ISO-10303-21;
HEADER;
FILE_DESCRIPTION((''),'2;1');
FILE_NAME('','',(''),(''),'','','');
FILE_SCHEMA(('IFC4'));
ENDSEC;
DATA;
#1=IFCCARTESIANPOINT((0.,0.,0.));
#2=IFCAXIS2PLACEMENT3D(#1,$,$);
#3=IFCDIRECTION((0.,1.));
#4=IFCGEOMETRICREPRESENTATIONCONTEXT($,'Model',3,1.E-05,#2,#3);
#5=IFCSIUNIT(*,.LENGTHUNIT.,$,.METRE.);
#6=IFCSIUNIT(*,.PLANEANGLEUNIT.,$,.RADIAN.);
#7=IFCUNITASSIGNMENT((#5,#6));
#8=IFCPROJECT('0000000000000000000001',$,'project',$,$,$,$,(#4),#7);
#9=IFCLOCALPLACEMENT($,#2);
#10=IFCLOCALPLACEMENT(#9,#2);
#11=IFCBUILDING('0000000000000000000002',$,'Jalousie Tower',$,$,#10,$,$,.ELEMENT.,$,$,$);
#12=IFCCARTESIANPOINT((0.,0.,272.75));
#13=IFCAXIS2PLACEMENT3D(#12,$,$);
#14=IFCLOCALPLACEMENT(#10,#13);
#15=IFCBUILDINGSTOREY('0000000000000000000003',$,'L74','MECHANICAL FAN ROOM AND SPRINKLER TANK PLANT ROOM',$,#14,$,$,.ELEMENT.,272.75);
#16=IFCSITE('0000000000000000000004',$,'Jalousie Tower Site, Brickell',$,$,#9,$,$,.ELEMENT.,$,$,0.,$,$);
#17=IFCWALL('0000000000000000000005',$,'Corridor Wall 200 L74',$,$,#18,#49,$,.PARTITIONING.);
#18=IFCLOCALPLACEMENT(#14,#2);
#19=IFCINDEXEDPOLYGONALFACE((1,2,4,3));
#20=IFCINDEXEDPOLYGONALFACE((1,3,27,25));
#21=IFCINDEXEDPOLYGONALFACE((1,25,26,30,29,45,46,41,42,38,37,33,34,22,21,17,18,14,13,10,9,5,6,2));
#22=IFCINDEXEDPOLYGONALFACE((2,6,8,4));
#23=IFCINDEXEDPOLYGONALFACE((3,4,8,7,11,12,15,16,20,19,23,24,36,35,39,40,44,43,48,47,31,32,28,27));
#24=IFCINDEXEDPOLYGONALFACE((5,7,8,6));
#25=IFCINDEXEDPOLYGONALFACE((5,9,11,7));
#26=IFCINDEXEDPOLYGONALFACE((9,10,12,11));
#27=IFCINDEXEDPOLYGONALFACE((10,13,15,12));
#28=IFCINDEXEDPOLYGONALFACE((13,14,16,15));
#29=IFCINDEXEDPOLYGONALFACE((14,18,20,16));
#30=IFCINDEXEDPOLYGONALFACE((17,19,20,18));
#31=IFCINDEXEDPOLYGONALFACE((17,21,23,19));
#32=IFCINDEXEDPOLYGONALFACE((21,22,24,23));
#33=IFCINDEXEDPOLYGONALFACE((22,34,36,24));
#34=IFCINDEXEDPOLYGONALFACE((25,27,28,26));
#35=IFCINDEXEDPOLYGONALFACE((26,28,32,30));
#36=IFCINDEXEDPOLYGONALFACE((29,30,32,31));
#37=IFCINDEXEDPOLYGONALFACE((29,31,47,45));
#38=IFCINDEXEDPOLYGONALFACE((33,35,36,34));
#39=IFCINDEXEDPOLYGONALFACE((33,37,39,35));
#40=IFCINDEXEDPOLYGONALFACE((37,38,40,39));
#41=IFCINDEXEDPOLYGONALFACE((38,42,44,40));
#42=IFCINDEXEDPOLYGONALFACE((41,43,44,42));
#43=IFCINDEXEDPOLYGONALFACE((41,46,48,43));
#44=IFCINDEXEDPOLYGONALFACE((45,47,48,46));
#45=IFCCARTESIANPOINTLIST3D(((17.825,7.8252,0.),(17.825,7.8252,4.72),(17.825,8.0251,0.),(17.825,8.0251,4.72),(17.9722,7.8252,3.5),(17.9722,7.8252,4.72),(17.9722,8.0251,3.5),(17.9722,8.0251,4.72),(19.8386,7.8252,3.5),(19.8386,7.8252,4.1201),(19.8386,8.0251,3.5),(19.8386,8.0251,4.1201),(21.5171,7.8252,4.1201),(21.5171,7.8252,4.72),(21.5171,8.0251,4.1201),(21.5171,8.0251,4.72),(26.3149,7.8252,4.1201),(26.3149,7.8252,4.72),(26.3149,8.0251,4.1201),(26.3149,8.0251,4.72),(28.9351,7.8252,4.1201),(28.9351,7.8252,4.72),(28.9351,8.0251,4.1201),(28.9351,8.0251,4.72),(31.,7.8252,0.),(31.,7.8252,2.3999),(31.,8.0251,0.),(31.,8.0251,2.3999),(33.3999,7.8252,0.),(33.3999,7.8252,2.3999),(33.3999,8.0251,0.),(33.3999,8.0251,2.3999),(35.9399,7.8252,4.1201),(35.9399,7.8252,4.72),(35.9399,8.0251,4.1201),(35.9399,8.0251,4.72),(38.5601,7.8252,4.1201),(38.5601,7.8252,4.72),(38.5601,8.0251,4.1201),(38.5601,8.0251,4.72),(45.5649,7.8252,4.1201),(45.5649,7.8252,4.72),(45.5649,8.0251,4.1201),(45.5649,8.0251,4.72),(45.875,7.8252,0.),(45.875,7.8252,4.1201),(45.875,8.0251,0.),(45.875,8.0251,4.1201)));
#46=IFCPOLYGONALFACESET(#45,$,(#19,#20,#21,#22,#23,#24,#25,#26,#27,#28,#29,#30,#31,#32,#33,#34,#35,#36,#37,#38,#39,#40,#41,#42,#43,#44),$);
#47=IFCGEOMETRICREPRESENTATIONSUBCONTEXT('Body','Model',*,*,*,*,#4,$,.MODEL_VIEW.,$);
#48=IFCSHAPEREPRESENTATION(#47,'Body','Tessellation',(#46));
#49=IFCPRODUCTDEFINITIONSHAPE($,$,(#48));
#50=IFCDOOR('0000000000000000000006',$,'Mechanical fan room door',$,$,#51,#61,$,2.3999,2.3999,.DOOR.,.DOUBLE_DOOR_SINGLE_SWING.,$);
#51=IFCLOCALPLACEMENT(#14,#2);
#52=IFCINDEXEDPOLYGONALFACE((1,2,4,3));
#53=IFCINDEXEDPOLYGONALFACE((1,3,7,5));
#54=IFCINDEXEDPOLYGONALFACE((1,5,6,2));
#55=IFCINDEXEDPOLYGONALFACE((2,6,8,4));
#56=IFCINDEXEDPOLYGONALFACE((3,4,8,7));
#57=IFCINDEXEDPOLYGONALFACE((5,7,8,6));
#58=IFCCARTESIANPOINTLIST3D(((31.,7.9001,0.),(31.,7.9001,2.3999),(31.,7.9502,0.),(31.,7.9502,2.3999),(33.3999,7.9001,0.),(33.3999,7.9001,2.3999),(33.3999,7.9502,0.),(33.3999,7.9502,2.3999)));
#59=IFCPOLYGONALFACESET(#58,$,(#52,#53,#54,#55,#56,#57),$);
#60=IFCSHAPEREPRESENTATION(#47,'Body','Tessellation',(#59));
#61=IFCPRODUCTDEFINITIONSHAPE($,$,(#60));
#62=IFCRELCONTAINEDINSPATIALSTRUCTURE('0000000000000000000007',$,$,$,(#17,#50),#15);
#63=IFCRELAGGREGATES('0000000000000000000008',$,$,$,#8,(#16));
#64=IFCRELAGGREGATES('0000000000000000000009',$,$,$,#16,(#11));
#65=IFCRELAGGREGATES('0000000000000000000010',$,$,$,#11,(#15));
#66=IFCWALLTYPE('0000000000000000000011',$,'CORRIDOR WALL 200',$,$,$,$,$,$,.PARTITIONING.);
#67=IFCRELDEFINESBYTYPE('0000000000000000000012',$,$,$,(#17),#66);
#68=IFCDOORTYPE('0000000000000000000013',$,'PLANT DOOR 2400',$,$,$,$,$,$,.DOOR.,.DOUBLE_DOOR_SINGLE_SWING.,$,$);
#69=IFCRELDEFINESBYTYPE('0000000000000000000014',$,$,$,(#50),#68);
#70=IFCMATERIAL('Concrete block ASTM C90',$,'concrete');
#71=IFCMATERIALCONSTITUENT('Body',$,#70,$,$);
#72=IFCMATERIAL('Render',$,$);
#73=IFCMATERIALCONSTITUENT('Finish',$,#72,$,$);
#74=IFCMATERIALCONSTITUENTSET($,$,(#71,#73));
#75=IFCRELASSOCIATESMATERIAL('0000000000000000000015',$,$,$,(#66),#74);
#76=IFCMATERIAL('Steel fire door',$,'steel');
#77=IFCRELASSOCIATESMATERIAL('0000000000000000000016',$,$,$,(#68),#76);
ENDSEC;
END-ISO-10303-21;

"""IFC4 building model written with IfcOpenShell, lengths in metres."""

from ifc_helpers import new_model, si_unit, direction, frame, frame_2d, origin, place, context, subcontext, project, spatial, polyline, rectangle, outline, extrude, material, constituent, constituent_set, type_object, element, fill, save


model = new_model("IFC4")

# Units and contexts
model_context = context("Model", 3, precision=1e-05, world=origin(), true_north=direction((0.0, 1.0)))
body_context = subcontext(model_context, "Body", "Model", "MODEL_VIEW")
ifc_project = project(units=[si_unit("LENGTHUNIT", "METRE"), si_unit("PLANEANGLEUNIT", "RADIAN")], contexts=[model_context])

# Site, building, storey
site_placement = place(None, origin())
site = spatial("IfcSite", under=ifc_project, at=site_placement, Name="Jalousie Tower Site, Brickell", CompositionType="ELEMENT", RefElevation=0.0)
building_placement = place(site_placement, origin())
building = spatial("IfcBuilding", under=site, at=building_placement, Name="Jalousie Tower", CompositionType="ELEMENT")
storey_placement = place(building_placement, frame((0.0, 0.0, 272.75)))
storey = spatial("IfcBuildingStorey", under=building, at=storey_placement, Name="L74", Description="MECHANICAL FAN ROOM AND SPRINKLER TANK PLANT ROOM", CompositionType="ELEMENT", Elevation=272.75)

# Wall, opening, door
ifc_material_1 = material(Name="Concrete block ASTM C90", Category="concrete")
ifc_constituent_1 = constituent(ifc_material_1, Name="Body")
ifc_material_2 = material(Name="Render")
ifc_constituent_2 = constituent(ifc_material_2, Name="Finish")
ifc_constituent_set = constituent_set(constituents=[ifc_constituent_1, ifc_constituent_2])
wall_type_1 = type_object("IfcWallType", Name="CORRIDOR WALL 200", PredefinedType="PARTITIONING", material=ifc_constituent_set)
wall_1_placement = place(storey_placement, frame((17.825, 7.925, 0.0), z_axis=(0.0, 0.0, 1.0), x_axis=(1.0, 0.0, 0.0)))
wall_1 = element("IfcWall", 1, at=wall_1_placement, inside=storey, type_object=wall_type_1, Name="Corridor Wall 200 L74", PredefinedType="PARTITIONING", context=body_context, shape_type="SweptSolid", body=[
    extrude(outline(polyline([(0.0, 0.0), (28.05, 0.0), (28.05, 4.72), (28.05, 4.1201), (27.74, 4.1201), (27.74, 4.72), (20.7351, 4.72), (20.7351, 4.1201), (18.115, 4.1201), (18.115, 4.72), (11.1101, 4.72), (11.1101, 4.1201), (8.49, 4.1201), (8.49, 4.72), (3.6921, 4.72), (3.6921, 4.1201), (2.0137, 4.1201), (2.0137, 3.5), (0.1472, 3.5), (0.1472, 4.72), (0.0, 4.72), (0.0, 0.0)])), frame((0.0, 0.1001, 0.0), z_axis=(0.0, -1.0, 0.0), x_axis=(1.0, 0.0, 0.0)), (0.0, 0.0, 1.0), 0.2),
])
opening_1_placement = place(wall_1_placement, frame((13.175, 0.0, 0.0)))
opening_1 = element("IfcOpeningElement", 2, at=opening_1_placement, cuts=wall_1, PredefinedType="OPENING", context=body_context, shape_type="SweptSolid", body=[
    extrude(rectangle(XDim=2.3999, YDim=2.3999, at=frame_2d((1.2, 1.2))), frame((0.0, 0.1099, 0.0), z_axis=(0.0, -1.0, 0.0), x_axis=(1.0, 0.0, 0.0)), (0.0, 0.0, 1.0), 0.22),
])
ifc_material_3 = material(Name="Steel fire door", Category="steel")
door_type_1 = type_object("IfcDoorType", Name="PLANT DOOR 2400", OperationType="DOUBLE_DOOR_SINGLE_SWING", PredefinedType="DOOR", material=ifc_material_3)
door_1_placement = place(opening_1_placement, frame((2.3999, 0.0, 0.0), z_axis=(0.0, 0.0, 1.0), x_axis=(-1.0, 0.0, 0.0)))
door_1 = element("IfcDoor", 3, at=door_1_placement, inside=storey, type_object=door_type_1, Name="Mechanical fan room door", OperationType="DOUBLE_DOOR_SINGLE_SWING", OverallHeight=2.3999, OverallWidth=2.3999, PredefinedType="DOOR", context=body_context, shape_type="SweptSolid", body=[
    extrude(rectangle(XDim=2.3999, YDim=2.3999, at=frame_2d((1.2, 1.2))), frame((0.0, 0.0249, 0.0), z_axis=(0.0, -1.0, 0.0), x_axis=(1.0, 0.0, 0.0)), (0.0, 0.0, 1.0), 0.05),
])
fill(opening_1, door_1)

save(model, "model.ifc")
